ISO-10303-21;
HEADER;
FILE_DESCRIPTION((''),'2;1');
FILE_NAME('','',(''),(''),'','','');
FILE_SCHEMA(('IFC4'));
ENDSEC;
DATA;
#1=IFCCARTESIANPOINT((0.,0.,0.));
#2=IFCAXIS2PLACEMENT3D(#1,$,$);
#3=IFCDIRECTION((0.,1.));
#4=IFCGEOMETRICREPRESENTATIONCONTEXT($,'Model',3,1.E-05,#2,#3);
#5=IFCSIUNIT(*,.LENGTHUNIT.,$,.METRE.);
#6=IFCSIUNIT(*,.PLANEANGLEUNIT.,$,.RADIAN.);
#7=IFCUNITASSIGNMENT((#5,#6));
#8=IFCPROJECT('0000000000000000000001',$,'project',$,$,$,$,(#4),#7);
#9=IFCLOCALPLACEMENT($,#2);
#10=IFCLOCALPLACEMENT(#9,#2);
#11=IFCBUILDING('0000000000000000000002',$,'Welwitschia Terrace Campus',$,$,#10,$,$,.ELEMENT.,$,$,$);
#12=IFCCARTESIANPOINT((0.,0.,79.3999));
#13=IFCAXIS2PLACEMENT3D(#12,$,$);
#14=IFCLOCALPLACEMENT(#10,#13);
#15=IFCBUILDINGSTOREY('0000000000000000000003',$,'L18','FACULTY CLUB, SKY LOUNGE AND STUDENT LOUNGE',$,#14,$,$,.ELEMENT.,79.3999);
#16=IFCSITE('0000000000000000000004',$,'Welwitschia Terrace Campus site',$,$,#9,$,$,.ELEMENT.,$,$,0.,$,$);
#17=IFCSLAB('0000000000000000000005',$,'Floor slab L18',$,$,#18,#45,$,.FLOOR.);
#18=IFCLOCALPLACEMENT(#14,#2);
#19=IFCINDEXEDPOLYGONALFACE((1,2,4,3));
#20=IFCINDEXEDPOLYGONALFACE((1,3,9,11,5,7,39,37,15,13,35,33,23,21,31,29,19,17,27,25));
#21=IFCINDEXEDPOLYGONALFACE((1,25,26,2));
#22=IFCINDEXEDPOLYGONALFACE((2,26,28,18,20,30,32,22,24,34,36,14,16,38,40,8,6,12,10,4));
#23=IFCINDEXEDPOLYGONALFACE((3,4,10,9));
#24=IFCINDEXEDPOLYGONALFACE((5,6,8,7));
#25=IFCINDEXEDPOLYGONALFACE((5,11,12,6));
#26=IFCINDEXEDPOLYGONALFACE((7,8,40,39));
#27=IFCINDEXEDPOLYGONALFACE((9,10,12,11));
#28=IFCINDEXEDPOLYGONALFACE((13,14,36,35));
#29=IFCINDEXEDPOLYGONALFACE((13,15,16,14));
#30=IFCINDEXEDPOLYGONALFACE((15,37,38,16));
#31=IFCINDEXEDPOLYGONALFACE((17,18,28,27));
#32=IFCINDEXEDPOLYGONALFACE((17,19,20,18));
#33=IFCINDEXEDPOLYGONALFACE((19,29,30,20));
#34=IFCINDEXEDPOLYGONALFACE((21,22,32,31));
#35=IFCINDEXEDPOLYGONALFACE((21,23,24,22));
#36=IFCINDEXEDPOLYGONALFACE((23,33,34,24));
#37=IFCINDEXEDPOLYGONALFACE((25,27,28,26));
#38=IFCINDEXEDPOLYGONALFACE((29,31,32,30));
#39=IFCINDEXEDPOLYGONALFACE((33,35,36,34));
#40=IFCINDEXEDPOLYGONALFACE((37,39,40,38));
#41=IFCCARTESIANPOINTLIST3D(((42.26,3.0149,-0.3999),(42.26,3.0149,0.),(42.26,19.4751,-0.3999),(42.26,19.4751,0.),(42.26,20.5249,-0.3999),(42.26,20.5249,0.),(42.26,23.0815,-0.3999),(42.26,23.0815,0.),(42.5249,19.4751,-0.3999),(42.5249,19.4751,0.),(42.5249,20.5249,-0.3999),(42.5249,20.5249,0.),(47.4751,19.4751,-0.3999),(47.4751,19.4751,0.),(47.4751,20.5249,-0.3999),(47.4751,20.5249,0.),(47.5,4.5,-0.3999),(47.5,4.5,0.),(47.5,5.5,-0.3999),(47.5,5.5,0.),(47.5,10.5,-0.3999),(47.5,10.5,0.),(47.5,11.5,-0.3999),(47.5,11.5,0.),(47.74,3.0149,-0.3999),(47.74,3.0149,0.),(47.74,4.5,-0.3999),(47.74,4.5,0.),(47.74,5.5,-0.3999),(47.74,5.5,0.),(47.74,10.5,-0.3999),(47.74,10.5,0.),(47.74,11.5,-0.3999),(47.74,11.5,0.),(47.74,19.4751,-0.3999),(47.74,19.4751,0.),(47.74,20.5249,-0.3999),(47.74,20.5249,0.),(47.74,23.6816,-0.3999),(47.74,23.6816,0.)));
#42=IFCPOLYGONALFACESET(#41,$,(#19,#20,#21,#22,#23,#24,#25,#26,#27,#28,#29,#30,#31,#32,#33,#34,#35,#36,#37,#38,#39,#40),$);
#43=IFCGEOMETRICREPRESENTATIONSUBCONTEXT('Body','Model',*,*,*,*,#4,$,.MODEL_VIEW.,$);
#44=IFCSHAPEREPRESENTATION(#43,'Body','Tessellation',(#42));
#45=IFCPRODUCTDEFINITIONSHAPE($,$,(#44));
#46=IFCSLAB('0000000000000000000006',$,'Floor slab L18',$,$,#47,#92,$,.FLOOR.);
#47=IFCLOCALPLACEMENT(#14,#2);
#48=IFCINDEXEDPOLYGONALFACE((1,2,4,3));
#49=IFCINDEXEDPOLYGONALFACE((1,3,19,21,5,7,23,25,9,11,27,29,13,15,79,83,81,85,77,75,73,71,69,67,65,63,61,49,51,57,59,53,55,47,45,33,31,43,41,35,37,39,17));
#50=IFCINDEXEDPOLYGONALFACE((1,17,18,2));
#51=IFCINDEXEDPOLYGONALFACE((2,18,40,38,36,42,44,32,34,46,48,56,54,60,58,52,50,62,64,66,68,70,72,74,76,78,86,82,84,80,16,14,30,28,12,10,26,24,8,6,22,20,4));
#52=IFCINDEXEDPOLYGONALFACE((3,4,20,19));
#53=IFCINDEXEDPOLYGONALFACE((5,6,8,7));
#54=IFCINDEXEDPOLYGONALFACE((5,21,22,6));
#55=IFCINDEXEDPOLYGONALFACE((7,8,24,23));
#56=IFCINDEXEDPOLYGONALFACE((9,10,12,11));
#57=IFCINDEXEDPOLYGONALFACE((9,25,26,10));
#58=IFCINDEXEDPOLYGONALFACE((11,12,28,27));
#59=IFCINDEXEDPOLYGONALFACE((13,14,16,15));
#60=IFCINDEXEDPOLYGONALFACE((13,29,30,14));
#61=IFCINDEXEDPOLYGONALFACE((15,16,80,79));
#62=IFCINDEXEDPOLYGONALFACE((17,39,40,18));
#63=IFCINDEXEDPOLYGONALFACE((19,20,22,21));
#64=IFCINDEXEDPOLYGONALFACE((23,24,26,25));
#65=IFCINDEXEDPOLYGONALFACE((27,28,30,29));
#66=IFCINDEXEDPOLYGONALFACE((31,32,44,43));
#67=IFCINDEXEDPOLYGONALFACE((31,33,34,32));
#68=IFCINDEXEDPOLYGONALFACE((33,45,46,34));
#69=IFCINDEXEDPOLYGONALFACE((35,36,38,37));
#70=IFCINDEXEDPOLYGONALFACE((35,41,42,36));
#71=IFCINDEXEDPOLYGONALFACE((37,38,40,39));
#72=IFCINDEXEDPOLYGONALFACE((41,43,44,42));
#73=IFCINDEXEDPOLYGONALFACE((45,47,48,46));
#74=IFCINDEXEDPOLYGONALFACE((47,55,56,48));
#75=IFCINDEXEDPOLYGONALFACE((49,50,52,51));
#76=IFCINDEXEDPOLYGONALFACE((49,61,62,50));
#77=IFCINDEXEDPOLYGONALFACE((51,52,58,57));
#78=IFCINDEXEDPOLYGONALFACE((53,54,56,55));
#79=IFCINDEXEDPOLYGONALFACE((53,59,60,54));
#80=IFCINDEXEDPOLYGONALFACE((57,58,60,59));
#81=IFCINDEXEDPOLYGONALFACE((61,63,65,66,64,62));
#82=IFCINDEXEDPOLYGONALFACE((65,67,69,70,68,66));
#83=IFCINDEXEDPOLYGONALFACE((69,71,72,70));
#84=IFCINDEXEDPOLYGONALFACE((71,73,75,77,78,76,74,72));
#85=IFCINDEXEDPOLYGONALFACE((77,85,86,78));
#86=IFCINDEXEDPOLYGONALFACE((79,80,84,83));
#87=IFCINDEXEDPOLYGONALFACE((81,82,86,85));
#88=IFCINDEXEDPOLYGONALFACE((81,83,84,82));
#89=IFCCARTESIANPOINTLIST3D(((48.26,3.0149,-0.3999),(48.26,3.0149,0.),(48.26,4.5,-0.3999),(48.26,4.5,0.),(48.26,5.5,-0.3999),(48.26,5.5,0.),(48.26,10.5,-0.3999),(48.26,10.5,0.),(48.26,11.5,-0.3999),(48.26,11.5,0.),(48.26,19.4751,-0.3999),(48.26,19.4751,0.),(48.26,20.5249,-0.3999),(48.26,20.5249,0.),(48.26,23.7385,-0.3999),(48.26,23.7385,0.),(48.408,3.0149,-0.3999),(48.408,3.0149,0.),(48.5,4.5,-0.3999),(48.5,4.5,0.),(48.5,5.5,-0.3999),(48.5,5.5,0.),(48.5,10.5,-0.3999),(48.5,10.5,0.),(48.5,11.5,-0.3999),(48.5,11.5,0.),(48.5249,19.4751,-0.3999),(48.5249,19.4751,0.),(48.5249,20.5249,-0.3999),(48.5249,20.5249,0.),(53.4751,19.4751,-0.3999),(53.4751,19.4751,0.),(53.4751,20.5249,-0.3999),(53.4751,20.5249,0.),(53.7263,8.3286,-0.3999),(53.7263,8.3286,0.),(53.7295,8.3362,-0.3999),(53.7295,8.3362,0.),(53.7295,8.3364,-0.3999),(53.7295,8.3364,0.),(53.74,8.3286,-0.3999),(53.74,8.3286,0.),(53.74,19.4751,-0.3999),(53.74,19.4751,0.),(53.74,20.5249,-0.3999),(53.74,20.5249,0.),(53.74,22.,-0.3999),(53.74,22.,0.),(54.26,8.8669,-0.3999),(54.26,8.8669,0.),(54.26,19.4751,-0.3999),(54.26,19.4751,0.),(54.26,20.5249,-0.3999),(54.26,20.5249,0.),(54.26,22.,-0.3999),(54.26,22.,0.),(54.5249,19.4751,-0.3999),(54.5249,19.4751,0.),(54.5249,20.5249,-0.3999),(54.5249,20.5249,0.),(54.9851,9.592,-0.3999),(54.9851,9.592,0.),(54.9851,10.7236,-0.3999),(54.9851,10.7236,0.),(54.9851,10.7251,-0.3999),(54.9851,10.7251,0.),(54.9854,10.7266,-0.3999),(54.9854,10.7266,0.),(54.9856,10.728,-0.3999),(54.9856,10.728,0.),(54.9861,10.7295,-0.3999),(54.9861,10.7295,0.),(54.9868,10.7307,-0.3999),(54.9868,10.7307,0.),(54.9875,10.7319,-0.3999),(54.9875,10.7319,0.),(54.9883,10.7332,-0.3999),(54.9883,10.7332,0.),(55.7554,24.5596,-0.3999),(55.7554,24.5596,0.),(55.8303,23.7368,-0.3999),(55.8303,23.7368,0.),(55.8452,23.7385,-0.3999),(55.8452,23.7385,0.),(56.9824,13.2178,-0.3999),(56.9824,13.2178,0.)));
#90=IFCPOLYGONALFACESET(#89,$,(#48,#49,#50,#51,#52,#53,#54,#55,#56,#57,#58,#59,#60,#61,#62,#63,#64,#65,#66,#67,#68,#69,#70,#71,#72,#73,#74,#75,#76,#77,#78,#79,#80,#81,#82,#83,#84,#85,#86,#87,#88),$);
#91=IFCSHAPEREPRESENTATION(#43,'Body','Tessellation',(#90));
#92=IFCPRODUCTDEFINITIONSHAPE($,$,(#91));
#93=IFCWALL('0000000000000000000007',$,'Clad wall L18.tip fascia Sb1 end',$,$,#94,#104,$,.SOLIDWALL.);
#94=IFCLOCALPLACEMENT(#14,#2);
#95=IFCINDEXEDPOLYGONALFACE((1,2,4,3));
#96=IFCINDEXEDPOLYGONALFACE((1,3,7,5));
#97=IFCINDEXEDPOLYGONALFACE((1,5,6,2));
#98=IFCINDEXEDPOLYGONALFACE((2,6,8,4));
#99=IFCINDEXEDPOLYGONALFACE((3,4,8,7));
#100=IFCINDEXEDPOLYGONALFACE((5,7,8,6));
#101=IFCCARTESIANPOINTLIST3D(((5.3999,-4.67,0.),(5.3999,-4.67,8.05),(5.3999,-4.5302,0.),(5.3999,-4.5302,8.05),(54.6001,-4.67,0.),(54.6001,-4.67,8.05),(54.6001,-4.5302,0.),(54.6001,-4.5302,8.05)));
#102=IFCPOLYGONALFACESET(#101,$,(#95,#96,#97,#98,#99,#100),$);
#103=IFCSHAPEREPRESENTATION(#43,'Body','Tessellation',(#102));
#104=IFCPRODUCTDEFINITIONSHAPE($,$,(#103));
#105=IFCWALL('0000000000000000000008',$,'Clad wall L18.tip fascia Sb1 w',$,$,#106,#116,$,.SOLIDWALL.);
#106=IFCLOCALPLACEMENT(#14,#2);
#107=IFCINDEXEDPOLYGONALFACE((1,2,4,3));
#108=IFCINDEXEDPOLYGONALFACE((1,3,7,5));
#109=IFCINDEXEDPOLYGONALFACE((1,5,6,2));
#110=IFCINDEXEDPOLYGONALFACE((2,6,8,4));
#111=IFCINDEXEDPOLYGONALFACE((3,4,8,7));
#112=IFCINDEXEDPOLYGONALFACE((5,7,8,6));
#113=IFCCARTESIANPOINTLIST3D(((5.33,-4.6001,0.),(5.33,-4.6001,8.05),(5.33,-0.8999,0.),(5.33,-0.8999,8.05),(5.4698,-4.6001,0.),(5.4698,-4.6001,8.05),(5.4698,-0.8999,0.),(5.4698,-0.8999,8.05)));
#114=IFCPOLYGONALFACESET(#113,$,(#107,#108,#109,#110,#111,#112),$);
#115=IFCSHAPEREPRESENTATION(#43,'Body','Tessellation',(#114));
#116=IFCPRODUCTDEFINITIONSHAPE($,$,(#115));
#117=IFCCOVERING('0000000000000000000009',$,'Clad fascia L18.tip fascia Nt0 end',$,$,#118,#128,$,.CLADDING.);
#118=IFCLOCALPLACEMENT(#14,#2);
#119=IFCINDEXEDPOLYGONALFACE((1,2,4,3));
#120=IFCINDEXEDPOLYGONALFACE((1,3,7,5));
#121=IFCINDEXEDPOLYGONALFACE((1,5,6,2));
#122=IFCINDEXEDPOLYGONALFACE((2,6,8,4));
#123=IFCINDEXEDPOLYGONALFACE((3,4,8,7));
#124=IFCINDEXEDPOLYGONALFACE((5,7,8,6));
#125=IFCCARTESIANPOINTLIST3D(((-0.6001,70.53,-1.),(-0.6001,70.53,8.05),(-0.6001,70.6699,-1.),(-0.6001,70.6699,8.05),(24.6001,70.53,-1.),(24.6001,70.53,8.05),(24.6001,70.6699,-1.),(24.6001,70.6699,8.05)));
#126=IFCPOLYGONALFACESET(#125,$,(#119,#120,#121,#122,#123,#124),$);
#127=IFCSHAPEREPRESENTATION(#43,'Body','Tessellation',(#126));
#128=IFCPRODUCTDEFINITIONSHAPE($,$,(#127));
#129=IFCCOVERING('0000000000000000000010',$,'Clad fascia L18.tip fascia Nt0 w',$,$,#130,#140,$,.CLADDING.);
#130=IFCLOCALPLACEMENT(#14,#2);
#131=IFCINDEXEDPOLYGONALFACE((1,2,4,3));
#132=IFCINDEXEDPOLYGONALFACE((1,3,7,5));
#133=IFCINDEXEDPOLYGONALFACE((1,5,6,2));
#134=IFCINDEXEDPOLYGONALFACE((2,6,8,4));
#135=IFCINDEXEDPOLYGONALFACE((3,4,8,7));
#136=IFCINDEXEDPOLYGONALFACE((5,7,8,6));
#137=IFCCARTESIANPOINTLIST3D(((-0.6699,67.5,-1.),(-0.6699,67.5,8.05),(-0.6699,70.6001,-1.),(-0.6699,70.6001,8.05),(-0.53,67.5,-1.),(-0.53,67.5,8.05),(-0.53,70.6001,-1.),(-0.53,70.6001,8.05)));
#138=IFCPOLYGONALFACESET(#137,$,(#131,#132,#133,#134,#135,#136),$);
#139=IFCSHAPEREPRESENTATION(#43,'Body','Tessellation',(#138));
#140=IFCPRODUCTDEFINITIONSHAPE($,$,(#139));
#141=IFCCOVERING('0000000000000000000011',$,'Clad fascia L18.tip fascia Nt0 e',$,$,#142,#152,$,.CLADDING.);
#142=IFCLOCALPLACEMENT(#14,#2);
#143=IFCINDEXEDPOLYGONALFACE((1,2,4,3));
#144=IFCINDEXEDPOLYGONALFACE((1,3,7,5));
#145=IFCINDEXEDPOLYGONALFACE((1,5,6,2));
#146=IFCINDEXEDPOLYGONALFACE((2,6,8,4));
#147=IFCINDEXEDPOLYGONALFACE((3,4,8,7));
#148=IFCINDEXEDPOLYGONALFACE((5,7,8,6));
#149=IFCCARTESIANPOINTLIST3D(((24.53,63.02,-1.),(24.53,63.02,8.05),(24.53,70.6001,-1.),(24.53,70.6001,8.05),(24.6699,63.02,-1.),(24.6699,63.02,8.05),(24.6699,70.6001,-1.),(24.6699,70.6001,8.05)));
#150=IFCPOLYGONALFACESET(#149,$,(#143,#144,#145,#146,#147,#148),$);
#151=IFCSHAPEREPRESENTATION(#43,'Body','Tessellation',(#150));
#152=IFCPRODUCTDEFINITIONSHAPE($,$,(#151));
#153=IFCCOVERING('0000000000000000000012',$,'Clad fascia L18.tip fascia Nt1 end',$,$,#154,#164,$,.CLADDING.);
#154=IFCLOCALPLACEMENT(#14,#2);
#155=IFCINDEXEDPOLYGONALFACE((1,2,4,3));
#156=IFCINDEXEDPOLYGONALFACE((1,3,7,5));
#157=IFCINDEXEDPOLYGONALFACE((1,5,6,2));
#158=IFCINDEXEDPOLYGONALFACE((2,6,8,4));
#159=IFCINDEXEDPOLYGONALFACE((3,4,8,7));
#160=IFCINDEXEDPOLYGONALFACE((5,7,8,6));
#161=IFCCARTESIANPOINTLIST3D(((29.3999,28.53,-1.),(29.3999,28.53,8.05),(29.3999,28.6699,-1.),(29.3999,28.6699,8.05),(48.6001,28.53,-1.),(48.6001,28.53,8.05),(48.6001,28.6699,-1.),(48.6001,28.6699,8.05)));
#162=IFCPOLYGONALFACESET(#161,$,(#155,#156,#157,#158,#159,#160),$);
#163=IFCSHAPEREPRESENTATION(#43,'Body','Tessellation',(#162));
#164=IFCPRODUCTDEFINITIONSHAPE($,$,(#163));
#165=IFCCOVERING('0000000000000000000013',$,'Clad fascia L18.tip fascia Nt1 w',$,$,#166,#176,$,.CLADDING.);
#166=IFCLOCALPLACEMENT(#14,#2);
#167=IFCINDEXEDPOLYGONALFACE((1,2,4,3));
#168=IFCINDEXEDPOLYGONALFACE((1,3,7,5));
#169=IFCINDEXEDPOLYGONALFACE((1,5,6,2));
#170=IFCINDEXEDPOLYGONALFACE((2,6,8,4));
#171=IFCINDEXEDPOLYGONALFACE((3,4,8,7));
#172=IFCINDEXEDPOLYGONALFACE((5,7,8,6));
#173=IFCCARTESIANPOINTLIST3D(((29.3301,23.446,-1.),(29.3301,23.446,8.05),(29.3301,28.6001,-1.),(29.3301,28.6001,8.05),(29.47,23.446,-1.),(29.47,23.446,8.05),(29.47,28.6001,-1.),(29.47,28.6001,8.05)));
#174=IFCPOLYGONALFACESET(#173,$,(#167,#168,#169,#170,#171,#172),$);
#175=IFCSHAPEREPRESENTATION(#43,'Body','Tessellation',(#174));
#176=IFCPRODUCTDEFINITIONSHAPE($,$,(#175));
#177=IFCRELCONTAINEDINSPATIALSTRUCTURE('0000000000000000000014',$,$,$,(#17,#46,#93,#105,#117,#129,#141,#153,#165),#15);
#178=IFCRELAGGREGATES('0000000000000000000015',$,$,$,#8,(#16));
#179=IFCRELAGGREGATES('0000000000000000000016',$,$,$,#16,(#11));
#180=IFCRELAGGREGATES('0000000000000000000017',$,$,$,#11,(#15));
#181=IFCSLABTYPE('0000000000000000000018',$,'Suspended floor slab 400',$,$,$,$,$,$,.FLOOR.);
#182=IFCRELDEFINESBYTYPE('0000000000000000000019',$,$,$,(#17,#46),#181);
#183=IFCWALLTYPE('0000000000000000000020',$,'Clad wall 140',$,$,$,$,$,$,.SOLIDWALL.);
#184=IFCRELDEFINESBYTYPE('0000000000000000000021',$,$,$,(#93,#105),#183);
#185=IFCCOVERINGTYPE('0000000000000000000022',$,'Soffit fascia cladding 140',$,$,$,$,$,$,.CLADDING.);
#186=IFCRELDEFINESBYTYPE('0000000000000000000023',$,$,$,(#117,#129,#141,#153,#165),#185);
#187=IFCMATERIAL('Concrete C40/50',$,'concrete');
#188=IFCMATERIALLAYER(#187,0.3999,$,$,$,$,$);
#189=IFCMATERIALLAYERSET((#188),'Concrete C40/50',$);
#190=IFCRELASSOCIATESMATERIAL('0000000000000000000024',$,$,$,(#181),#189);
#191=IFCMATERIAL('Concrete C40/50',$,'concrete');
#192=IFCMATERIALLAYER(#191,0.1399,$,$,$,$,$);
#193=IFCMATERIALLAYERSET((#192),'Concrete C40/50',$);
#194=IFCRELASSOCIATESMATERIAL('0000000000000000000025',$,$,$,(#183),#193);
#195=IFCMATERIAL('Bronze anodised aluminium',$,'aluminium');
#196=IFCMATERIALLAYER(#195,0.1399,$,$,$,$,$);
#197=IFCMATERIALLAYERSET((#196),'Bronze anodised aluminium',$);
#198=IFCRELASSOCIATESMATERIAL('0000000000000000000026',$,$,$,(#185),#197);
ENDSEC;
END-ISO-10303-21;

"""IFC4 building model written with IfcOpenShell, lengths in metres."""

from ifc_helpers import new_model, si_unit, direction, frame, frame_2d, origin, place, context, subcontext, project, spatial, polyline, rectangle, outline, extrude, material, layer, layer_set, type_object, element, save


model = new_model("IFC4")

# Units and contexts
model_context = context("Model", 3, precision=1e-05, world=origin(), true_north=direction((0.0, 1.0)))
body_context = subcontext(model_context, "Body", "Model", "MODEL_VIEW")
ifc_project = project(units=[si_unit("LENGTHUNIT", "METRE"), si_unit("PLANEANGLEUNIT", "RADIAN")], contexts=[model_context])

# Site, building, storey
site_placement = place(None, origin())
site = spatial("IfcSite", under=ifc_project, at=site_placement, Name="Welwitschia Terrace Campus site", CompositionType="ELEMENT", RefElevation=0.0)
building_placement = place(site_placement, origin())
building = spatial("IfcBuilding", under=site, at=building_placement, Name="Welwitschia Terrace Campus", CompositionType="ELEMENT")
storey_placement = place(building_placement, frame((0.0, 0.0, 79.3999)))
storey = spatial("IfcBuildingStorey", under=building, at=storey_placement, Name="L18", Description="FACULTY CLUB, SKY LOUNGE AND STUDENT LOUNGE", CompositionType="ELEMENT", Elevation=79.3999)

# Slabs
ifc_material_1 = material(Name="Concrete C40/50", Category="concrete")
ifc_layer_1 = layer(ifc_material_1, 0.3999)
ifc_layer_set_1 = layer_set([ifc_layer_1], Name="Concrete C40/50")
slab_type_1 = type_object("IfcSlabType", Name="Suspended floor slab 400", PredefinedType="FLOOR", material=ifc_layer_set_1)
slab_1_placement = place(storey_placement, frame((0.0, 0.0, -0.3999)))
element("IfcSlab", 1, at=slab_1_placement, inside=storey, type_object=slab_type_1, Name="Floor slab L18", PredefinedType="FLOOR", context=body_context, shape_type="SweptSolid", body=[
    extrude(outline(polyline([(42.26, 19.4751), (42.5249, 19.4751), (42.5249, 20.5249), (42.26, 20.5249), (42.26, 23.0815), (47.74, 23.6816), (47.74, 20.5249), (47.4751, 20.5249), (47.4751, 19.4751), (47.74, 19.4751), (47.74, 11.5), (47.5, 11.5), (47.5, 10.5), (47.74, 10.5), (47.74, 5.5), (47.5, 5.5), (47.5, 4.5), (47.74, 4.5), (47.74, 3.0149), (42.26, 3.0149), (42.26, 19.4751)])), origin(), (0.0, 0.0, 1.0), 0.3999),
])
slab_2_placement = place(storey_placement, frame((0.0, 0.0, -0.3999)))
element("IfcSlab", 2, at=slab_2_placement, inside=storey, type_object=slab_type_1, Name="Floor slab L18", PredefinedType="FLOOR", context=body_context, shape_type="SweptSolid", body=[
    extrude(outline(polyline([(48.26, 4.5), (48.5, 4.5), (48.5, 5.5), (48.26, 5.5), (48.26, 10.5), (48.5, 10.5), (48.5, 11.5), (48.26, 11.5), (48.26, 19.4751), (48.5249, 19.4751), (48.5249, 20.5249), (48.26, 20.5249), (48.26, 23.7385), (55.7554, 24.5596), (55.8452, 23.7385), (55.8303, 23.7368), (56.9824, 13.2178), (54.9883, 10.7332), (54.9875, 10.7319), (54.9868, 10.7307), (54.9861, 10.7295), (54.9856, 10.728), (54.9854, 10.7266), (54.9851, 10.7251), (54.9851, 10.7236), (54.9851, 9.592), (54.26, 8.8669), (54.26, 19.4751), (54.5249, 19.4751), (54.5249, 20.5249), (54.26, 20.5249), (54.26, 22.0), (53.74, 22.0), (53.74, 20.5249), (53.4751, 20.5249), (53.4751, 19.4751), (53.74, 19.4751), (53.74, 8.3286), (53.7263, 8.3286), (53.7295, 8.3362), (53.7295, 8.3364), (48.408, 3.0149), (48.26, 3.0149), (48.26, 4.5)])), origin(), (0.0, 0.0, 1.0), 0.3999),
])

# Walls
ifc_material_2 = material(Name="Concrete C40/50", Category="concrete")
ifc_layer_2 = layer(ifc_material_2, 0.1399)
ifc_layer_set_2 = layer_set([ifc_layer_2], Name="Concrete C40/50")
wall_type = type_object("IfcWallType", Name="Clad wall 140", PredefinedType="SOLIDWALL", material=ifc_layer_set_2)
wall_1_placement = place(storey_placement, frame((5.3999, -4.6001, 0.0), z_axis=(0.0, 0.0, 1.0), x_axis=(1.0, 0.0, 0.0)))
element("IfcWall", 3, at=wall_1_placement, inside=storey, type_object=wall_type, Name="Clad wall L18.tip fascia Sb1 end", PredefinedType="SOLIDWALL", context=body_context, shape_type="SweptSolid", body=[
    extrude(rectangle(XDim=49.2002, YDim=0.1399, at=frame_2d((24.6001, 0.0))), origin(), (0.0, 0.0, 1.0), 8.05),
])
wall_2_placement = place(storey_placement, frame((5.3999, -0.8999, 0.0), z_axis=(0.0, 0.0, 1.0), x_axis=(0.0, -1.0, 0.0)))
element("IfcWall", 4, at=wall_2_placement, inside=storey, type_object=wall_type, Name="Clad wall L18.tip fascia Sb1 w", PredefinedType="SOLIDWALL", context=body_context, shape_type="SweptSolid", body=[
    extrude(rectangle(XDim=3.7002, YDim=0.1399, at=frame_2d((1.8501, 0.0))), origin(), (0.0, 0.0, 1.0), 8.05),
])

# Coverings
ifc_material_3 = material(Name="Bronze anodised aluminium", Category="aluminium")
ifc_layer_3 = layer(ifc_material_3, 0.1399)
ifc_layer_set_3 = layer_set([ifc_layer_3], Name="Bronze anodised aluminium")
covering_type_1 = type_object("IfcCoveringType", Name="Soffit fascia cladding 140", PredefinedType="CLADDING", material=ifc_layer_set_3)
covering_1_placement = place(storey_placement, frame((0.0, 0.0, -1.0)))
element("IfcCovering", 5, at=covering_1_placement, inside=storey, type_object=covering_type_1, Name="Clad fascia L18.tip fascia Nt0 end", PredefinedType="CLADDING", context=body_context, shape_type="SweptSolid", body=[
    extrude(outline(polyline([(24.6001, 70.6699), (-0.6001, 70.6699), (-0.6001, 70.53), (24.6001, 70.53), (24.6001, 70.6699)])), origin(), (0.0, 0.0, 1.0), 9.05),
])
covering_2_placement = place(storey_placement, frame((0.0, 0.0, -1.0)))
element("IfcCovering", 6, at=covering_2_placement, inside=storey, type_object=covering_type_1, Name="Clad fascia L18.tip fascia Nt0 w", PredefinedType="CLADDING", context=body_context, shape_type="SweptSolid", body=[
    extrude(outline(polyline([(-0.6699, 70.6001), (-0.6699, 67.5), (-0.53, 67.5), (-0.53, 70.6001), (-0.6699, 70.6001)])), origin(), (0.0, 0.0, 1.0), 9.05),
])
covering_3_placement = place(storey_placement, frame((0.0, 0.0, -1.0)))
element("IfcCovering", 7, at=covering_3_placement, inside=storey, type_object=covering_type_1, Name="Clad fascia L18.tip fascia Nt0 e", PredefinedType="CLADDING", context=body_context, shape_type="SweptSolid", body=[
    extrude(outline(polyline([(24.53, 70.6001), (24.53, 63.02), (24.6699, 63.02), (24.6699, 70.6001), (24.53, 70.6001)])), origin(), (0.0, 0.0, 1.0), 9.05),
])
covering_4_placement = place(storey_placement, frame((0.0, 0.0, -1.0)))
element("IfcCovering", 8, at=covering_4_placement, inside=storey, type_object=covering_type_1, Name="Clad fascia L18.tip fascia Nt1 end", PredefinedType="CLADDING", context=body_context, shape_type="SweptSolid", body=[
    extrude(outline(polyline([(48.6001, 28.6699), (29.3999, 28.6699), (29.3999, 28.53), (48.6001, 28.53), (48.6001, 28.6699)])), origin(), (0.0, 0.0, 1.0), 9.05),
])
covering_5_placement = place(storey_placement, frame((0.0, 0.0, -1.0)))
element("IfcCovering", 9, at=covering_5_placement, inside=storey, type_object=covering_type_1, Name="Clad fascia L18.tip fascia Nt1 w", PredefinedType="CLADDING", context=body_context, shape_type="SweptSolid", body=[
    extrude(outline(polyline([(29.3301, 28.6001), (29.3301, 23.446), (29.47, 23.446), (29.47, 28.6001), (29.3301, 28.6001)])), origin(), (0.0, 0.0, 1.0), 9.05),
])

save(model, "model.ifc")
